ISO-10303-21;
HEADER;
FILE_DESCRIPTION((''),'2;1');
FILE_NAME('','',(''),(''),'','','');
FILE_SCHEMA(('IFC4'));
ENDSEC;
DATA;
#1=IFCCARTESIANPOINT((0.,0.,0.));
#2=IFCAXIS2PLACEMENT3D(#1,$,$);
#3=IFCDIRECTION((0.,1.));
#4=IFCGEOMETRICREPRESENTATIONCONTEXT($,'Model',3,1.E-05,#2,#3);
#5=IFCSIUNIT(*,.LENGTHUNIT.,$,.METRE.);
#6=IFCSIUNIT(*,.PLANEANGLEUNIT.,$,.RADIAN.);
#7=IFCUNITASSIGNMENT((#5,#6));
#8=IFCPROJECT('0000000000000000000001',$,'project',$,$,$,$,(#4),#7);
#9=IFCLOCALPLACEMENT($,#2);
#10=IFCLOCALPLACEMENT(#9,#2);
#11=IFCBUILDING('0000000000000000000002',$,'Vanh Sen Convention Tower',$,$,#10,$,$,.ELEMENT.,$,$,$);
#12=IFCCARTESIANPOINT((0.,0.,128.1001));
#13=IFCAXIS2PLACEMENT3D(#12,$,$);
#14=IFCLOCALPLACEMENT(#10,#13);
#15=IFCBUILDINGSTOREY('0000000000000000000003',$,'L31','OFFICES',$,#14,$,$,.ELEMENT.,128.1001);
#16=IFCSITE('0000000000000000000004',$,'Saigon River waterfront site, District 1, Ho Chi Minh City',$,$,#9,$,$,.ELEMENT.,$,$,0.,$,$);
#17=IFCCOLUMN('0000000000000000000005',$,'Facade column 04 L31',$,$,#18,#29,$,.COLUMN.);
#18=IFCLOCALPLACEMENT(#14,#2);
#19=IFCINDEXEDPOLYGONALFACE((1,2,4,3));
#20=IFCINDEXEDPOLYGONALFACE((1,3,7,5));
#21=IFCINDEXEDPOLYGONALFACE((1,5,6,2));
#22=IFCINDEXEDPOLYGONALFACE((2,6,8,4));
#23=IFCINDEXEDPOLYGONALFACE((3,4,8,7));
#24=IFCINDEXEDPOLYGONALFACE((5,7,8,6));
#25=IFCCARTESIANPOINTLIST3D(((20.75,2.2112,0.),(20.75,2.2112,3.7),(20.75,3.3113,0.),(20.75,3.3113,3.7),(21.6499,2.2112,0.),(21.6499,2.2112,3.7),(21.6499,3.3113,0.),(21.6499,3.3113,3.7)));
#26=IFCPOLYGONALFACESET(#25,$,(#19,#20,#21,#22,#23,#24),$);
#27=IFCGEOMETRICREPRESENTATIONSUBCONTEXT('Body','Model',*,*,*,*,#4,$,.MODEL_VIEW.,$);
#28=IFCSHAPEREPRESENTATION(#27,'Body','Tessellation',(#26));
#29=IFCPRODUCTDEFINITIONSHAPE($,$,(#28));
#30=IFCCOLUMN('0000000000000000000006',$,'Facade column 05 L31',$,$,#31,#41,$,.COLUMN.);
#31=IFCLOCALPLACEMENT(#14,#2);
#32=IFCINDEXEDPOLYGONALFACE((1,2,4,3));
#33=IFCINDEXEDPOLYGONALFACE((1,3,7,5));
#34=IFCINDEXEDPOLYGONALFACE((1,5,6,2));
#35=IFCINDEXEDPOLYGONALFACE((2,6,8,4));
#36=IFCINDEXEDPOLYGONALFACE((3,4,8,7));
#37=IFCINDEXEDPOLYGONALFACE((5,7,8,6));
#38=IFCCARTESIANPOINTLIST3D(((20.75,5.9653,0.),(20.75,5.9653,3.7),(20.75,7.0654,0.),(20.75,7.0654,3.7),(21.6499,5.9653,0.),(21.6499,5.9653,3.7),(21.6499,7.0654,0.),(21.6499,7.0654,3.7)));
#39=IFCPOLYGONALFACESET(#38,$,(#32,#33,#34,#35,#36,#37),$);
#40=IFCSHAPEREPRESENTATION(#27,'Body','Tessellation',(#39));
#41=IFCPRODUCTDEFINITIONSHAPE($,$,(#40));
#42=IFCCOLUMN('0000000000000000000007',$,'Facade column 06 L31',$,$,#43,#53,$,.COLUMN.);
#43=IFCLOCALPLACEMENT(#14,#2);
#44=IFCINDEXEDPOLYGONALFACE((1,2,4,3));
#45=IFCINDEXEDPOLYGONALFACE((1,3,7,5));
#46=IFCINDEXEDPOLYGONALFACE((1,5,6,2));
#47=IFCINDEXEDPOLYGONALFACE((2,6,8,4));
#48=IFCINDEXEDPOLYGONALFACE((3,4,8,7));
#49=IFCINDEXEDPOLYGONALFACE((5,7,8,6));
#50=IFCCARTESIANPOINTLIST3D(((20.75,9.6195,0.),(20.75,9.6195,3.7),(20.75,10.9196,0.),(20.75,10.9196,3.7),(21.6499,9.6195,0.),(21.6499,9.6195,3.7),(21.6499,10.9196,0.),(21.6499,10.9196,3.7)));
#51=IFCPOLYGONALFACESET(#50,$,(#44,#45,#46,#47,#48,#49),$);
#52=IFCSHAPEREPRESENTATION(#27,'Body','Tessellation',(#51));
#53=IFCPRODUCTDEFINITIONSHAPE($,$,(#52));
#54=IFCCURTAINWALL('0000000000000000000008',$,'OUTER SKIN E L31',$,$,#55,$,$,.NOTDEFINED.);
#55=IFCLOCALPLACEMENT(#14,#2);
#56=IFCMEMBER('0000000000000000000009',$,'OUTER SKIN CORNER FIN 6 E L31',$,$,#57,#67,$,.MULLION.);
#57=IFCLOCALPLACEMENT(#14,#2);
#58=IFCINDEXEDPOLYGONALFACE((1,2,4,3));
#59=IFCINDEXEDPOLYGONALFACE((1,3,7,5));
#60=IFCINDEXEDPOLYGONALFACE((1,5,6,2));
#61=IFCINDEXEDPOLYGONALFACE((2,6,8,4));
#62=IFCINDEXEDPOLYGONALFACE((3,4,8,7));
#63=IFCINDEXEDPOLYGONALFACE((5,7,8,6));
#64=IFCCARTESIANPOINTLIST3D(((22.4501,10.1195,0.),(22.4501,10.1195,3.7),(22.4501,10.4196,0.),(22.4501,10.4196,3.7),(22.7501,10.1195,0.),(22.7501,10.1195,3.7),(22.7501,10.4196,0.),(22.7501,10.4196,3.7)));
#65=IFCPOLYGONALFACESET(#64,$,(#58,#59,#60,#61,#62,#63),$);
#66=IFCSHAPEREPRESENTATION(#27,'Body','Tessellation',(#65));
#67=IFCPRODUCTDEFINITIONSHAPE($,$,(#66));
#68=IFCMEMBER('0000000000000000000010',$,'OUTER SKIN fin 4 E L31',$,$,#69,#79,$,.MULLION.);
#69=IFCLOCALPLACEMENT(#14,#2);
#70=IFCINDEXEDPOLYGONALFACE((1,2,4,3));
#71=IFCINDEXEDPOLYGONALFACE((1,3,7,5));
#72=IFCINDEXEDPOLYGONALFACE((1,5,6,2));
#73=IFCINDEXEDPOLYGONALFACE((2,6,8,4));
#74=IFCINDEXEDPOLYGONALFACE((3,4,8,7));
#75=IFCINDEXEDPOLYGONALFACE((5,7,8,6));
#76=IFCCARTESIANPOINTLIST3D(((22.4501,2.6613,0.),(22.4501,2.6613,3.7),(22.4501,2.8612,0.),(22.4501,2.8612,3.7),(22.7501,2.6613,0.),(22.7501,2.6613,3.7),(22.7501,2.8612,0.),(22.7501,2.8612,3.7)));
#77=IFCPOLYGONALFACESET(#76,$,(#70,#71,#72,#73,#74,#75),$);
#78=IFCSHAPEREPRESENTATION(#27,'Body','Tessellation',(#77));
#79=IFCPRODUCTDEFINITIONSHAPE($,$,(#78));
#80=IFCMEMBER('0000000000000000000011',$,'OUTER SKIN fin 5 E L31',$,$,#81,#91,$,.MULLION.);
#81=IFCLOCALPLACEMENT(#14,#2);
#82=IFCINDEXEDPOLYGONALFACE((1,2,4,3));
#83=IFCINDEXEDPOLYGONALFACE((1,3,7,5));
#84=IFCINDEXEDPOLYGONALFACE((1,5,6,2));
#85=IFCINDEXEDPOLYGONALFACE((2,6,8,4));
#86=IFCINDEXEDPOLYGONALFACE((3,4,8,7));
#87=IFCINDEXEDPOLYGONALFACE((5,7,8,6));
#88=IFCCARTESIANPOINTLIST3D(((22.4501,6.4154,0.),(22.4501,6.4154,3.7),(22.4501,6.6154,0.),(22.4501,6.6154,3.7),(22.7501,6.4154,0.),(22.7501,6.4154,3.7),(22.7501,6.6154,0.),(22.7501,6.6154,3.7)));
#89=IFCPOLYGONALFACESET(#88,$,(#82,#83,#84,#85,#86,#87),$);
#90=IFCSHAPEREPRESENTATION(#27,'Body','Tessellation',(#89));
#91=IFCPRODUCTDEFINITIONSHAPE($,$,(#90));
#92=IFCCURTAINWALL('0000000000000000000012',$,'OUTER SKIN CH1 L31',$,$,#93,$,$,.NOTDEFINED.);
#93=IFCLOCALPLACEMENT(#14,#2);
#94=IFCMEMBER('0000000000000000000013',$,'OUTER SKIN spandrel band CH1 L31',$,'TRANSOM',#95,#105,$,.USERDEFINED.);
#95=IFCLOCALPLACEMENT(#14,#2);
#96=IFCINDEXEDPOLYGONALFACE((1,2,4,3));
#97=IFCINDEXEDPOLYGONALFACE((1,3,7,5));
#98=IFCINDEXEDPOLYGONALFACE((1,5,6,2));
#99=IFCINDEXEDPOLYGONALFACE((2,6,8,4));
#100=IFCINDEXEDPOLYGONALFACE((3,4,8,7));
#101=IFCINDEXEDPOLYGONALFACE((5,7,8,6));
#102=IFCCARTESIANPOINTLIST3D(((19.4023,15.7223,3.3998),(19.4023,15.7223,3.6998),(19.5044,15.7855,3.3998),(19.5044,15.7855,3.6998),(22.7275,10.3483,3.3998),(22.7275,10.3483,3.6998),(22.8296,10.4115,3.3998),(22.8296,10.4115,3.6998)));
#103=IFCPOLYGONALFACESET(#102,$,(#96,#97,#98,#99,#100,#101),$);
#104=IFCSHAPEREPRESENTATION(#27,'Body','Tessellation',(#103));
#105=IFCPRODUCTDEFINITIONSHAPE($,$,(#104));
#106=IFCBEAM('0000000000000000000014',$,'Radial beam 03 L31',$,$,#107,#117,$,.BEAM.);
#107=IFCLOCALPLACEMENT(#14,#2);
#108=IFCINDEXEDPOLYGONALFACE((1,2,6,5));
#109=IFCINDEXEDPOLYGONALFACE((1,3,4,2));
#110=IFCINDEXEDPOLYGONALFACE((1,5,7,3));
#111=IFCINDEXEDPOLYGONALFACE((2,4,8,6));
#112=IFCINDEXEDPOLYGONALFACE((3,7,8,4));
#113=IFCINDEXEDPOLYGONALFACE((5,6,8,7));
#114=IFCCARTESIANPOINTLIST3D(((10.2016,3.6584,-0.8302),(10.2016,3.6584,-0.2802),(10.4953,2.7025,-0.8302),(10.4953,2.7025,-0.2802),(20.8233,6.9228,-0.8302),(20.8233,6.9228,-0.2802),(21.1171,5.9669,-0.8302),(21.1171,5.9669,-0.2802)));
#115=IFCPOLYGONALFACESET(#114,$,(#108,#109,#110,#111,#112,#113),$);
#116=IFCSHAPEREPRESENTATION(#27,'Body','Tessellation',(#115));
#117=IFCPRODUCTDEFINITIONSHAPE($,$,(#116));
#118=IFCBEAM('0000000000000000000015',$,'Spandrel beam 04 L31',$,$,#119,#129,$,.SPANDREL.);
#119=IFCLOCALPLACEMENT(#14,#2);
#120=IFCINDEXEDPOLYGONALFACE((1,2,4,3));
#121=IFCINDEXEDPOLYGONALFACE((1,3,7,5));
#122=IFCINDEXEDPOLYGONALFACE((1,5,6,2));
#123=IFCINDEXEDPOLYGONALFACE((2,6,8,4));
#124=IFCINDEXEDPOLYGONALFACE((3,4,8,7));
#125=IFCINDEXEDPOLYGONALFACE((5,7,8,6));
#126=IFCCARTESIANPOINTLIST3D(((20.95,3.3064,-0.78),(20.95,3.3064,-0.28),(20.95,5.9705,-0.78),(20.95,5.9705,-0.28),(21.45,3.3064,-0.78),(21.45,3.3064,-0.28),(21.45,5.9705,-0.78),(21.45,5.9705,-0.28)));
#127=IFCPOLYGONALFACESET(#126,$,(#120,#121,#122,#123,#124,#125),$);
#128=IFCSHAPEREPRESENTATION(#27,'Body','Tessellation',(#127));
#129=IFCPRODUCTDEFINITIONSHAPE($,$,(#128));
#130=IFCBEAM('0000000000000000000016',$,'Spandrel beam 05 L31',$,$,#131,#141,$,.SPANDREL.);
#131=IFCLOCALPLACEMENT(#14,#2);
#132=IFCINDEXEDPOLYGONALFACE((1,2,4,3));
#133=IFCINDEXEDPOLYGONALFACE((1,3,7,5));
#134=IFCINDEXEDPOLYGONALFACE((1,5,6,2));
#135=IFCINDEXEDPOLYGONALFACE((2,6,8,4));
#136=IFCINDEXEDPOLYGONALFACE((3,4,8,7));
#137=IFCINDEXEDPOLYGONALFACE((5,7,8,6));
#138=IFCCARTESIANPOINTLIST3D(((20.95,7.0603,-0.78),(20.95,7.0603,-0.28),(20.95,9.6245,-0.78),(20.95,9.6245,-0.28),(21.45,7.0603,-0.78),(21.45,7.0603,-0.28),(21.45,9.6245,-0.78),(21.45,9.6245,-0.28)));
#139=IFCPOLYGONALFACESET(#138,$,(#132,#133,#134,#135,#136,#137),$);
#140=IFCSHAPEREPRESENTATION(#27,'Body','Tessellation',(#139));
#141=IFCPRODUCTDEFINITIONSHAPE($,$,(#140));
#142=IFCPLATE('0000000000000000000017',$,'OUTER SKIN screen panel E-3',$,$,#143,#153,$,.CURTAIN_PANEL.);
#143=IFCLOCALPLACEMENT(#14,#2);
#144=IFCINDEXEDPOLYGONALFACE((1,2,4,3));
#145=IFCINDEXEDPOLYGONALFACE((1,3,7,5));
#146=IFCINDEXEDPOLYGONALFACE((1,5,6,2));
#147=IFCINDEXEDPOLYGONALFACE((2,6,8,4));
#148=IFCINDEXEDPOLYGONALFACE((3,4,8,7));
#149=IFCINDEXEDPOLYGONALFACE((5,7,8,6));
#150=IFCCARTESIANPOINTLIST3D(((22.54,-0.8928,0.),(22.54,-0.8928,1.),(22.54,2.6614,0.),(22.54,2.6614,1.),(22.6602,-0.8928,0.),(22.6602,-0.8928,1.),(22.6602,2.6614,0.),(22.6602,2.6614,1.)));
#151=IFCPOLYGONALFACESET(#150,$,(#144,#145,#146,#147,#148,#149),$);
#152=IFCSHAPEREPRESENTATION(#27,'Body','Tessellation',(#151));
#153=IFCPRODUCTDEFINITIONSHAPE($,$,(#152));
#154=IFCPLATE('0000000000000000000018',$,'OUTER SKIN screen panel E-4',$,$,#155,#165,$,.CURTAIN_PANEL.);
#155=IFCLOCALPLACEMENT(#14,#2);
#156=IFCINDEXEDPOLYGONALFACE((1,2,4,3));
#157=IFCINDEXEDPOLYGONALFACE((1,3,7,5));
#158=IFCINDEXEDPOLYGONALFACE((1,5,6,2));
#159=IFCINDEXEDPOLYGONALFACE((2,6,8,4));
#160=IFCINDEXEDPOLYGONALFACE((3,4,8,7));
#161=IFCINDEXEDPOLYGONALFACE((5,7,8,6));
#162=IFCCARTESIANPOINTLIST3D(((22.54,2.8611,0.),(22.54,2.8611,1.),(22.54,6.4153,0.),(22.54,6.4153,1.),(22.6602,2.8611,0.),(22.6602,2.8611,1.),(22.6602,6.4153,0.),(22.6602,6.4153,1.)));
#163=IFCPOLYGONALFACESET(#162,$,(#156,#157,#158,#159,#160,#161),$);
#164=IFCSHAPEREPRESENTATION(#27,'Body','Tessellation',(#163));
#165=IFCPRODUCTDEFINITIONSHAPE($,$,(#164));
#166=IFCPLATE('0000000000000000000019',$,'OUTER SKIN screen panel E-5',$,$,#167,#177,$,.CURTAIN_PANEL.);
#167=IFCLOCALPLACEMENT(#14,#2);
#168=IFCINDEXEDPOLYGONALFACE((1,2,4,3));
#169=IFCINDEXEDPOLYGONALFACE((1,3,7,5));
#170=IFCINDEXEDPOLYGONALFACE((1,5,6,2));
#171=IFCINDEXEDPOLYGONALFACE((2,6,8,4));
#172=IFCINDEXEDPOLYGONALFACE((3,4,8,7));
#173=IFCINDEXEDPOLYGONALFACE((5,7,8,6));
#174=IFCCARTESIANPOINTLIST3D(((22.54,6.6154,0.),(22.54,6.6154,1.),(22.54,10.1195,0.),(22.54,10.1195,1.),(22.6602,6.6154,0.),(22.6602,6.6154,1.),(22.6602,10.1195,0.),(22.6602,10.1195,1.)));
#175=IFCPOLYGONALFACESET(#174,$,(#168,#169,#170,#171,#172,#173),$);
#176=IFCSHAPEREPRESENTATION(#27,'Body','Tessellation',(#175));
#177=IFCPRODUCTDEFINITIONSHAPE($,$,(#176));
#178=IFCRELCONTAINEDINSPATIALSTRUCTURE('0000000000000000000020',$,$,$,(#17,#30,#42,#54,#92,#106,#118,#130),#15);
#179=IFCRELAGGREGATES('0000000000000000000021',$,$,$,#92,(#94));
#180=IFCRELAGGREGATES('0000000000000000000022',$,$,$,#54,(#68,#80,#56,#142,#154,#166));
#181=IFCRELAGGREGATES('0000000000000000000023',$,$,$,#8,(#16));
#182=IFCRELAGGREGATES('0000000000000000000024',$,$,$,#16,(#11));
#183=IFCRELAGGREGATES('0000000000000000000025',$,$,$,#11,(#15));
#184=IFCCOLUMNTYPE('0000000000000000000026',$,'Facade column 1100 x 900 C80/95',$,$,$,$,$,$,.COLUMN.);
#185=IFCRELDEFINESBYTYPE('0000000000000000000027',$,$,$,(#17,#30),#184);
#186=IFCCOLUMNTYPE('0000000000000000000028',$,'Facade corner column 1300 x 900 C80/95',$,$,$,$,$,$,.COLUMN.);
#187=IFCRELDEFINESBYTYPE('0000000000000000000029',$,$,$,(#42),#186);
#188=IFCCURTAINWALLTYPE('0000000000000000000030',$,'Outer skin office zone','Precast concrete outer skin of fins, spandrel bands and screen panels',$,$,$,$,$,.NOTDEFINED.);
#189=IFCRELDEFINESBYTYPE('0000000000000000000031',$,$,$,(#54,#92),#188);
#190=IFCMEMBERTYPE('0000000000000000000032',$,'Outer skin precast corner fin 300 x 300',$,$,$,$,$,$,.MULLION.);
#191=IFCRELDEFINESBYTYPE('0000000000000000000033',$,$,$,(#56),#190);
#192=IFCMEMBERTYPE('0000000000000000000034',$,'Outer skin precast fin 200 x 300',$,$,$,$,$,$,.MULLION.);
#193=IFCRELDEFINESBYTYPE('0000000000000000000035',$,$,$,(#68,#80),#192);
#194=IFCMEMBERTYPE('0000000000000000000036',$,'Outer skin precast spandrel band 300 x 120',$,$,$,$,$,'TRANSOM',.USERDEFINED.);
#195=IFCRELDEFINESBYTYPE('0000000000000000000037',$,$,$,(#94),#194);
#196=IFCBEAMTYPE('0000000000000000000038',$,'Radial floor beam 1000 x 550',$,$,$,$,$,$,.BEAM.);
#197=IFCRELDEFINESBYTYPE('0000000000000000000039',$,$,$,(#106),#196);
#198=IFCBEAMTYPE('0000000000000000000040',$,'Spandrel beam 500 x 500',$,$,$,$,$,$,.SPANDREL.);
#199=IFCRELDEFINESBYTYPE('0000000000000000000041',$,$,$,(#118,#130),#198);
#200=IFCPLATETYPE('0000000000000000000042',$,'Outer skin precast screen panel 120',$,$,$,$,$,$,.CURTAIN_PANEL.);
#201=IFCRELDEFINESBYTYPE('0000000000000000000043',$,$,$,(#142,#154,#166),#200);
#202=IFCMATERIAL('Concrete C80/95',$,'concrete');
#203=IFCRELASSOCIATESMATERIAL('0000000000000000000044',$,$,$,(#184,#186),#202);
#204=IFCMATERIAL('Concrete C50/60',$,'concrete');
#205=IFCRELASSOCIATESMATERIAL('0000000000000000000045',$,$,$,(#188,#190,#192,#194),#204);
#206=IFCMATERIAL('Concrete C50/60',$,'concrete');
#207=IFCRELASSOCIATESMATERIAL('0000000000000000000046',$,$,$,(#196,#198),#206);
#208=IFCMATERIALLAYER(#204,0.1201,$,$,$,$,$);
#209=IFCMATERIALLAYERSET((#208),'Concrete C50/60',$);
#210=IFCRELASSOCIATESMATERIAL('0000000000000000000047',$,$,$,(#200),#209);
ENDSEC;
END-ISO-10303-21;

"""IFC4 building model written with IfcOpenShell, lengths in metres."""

from ifc_helpers import new_model, si_unit, direction, frame, origin, origin_2d, place, context, subcontext, project, spatial, rectangle, extrude, material, layer, layer_set, material_profile, profile_set, type_object, element, aggregate, save


model = new_model("IFC4")

# Units and contexts
model_context = context("Model", 3, precision=1e-05, world=origin(), true_north=direction((0.0, 1.0)))
body_context = subcontext(model_context, "Body", "Model", "MODEL_VIEW")
ifc_project = project(units=[si_unit("LENGTHUNIT", "METRE"), si_unit("PLANEANGLEUNIT", "RADIAN")], contexts=[model_context])

# Site, building, storey
site_placement = place(None, origin())
site = spatial("IfcSite", under=ifc_project, at=site_placement, Name="Saigon River waterfront site, District 1, Ho Chi Minh City", CompositionType="ELEMENT", RefElevation=0.0)
building_placement = place(site_placement, origin())
building = spatial("IfcBuilding", under=site, at=building_placement, Name="Vanh Sen Convention Tower", CompositionType="ELEMENT")
storey_placement = place(building_placement, frame((0.0, 0.0, 128.1001)))
storey = spatial("IfcBuildingStorey", under=building, at=storey_placement, Name="L31", Description="OFFICES", CompositionType="ELEMENT", Elevation=128.1001)

# Columns
ifc_material_1 = material(Name="Concrete C80/95", Category="concrete")
ifc_material_profile_1 = material_profile(ifc_material_1, rectangle(XDim=1.1001, YDim=0.8999, at=origin_2d()), Name="RC 1100X900")
ifc_profile_set_1 = profile_set([ifc_material_profile_1], Name="Concrete C80/95")
column_type_1 = type_object("IfcColumnType", Name="Facade column 1100 x 900 C80/95", PredefinedType="COLUMN", material=ifc_profile_set_1)
for number, where, z_axis, x_axis, name in (
    (1, (21.2, 2.7612, 0.0), (0.0, 0.0, 1.0), (0.0, 1.0, 0.0), "Facade column 04 L31"),
    (2, (21.2, 6.5154, 0.0), (0.0, 0.0, 1.0), (0.0, 1.0, 0.0), "Facade column 05 L31"),
):
    element("IfcColumn", number, at=place(storey_placement, frame(where, z_axis=z_axis, x_axis=x_axis)), inside=storey, type_object=column_type_1, Name=name, PredefinedType="COLUMN", context=body_context, shape_type="SweptSolid", body=[
        extrude(rectangle(XDim=1.1001, YDim=0.8999, at=origin_2d()), origin(), (0.0, 0.0, 1.0), 3.7),
    ])
ifc_material_profile_2 = material_profile(ifc_material_1, rectangle(XDim=1.3, YDim=0.8999, at=origin_2d()), Name="RC 1300X900")
ifc_profile_set_2 = profile_set([ifc_material_profile_2], Name="Concrete C80/95")
column_type_2 = type_object("IfcColumnType", Name="Facade corner column 1300 x 900 C80/95", PredefinedType="COLUMN", material=ifc_profile_set_2)
column_placement = place(storey_placement, frame((21.2, 10.2695, 0.0), z_axis=(0.0, 0.0, 1.0), x_axis=(0.0, 1.0, 0.0)))
element("IfcColumn", 3, at=column_placement, inside=storey, type_object=column_type_2, Name="Facade column 06 L31", PredefinedType="COLUMN", context=body_context, shape_type="SweptSolid", body=[
    extrude(rectangle(XDim=1.3, YDim=0.8999, at=origin_2d()), origin(), (0.0, 0.0, 1.0), 3.7),
])

# Curtain wall, members
ifc_material_2 = material(Name="Concrete C50/60", Category="concrete")
curtain_wall_type = type_object("IfcCurtainWallType", Name="Outer skin office zone", Description="Precast concrete outer skin of fins, spandrel bands and screen panels", PredefinedType="NOTDEFINED", material=ifc_material_2)
curtain_wall_1_placement = place(storey_placement, origin())
curtain_wall_1 = element("IfcCurtainWall", 4, at=curtain_wall_1_placement, inside=storey, type_object=curtain_wall_type, Name="OUTER SKIN E L31", PredefinedType="NOTDEFINED")
ifc_material_profile_3 = material_profile(ifc_material_2, rectangle(XDim=0.3, YDim=0.3, at=origin_2d()), Name="Outer skin precast corner fin 300 x 300")
ifc_profile_set_3 = profile_set([ifc_material_profile_3], Name="Concrete C50/60")
member_type_1 = type_object("IfcMemberType", Name="Outer skin precast corner fin 300 x 300", PredefinedType="MULLION", material=ifc_profile_set_3)
member_1_placement = place(storey_placement, frame((22.6001, 10.2695, 0.0), z_axis=(0.0, 0.0, 1.0), x_axis=(0.0, 1.0, 0.0)))
member_1 = element("IfcMember", 5, at=member_1_placement, type_object=member_type_1, Name="OUTER SKIN CORNER FIN 6 E L31", PredefinedType="MULLION", context=body_context, shape_type="SweptSolid", body=[
    extrude(rectangle(XDim=0.3, YDim=0.3, at=origin_2d()), origin(), (0.0, 0.0, 1.0), 3.7),
])
ifc_material_profile_4 = material_profile(ifc_material_2, rectangle(XDim=0.2, YDim=0.3, at=origin_2d()), Name="Outer skin precast fin 200 x 300")
ifc_profile_set_4 = profile_set([ifc_material_profile_4], Name="Concrete C50/60")
member_type_2 = type_object("IfcMemberType", Name="Outer skin precast fin 200 x 300", PredefinedType="MULLION", material=ifc_profile_set_4)
member_2_placement = place(storey_placement, frame((22.6001, 2.7612, 0.0), z_axis=(0.0, 0.0, 1.0), x_axis=(0.0, 1.0, 0.0)))
member_2 = element("IfcMember", 6, at=member_2_placement, type_object=member_type_2, Name="OUTER SKIN fin 4 E L31", PredefinedType="MULLION", context=body_context, shape_type="SweptSolid", body=[
    extrude(rectangle(XDim=0.2, YDim=0.3, at=origin_2d()), origin(), (0.0, 0.0, 1.0), 3.7),
])
member_3_placement = place(storey_placement, frame((22.6001, 6.5154, 0.0), z_axis=(0.0, 0.0, 1.0), x_axis=(0.0, 1.0, 0.0)))
member_3 = element("IfcMember", 7, at=member_3_placement, type_object=member_type_2, Name="OUTER SKIN fin 5 E L31", PredefinedType="MULLION", context=body_context, shape_type="SweptSolid", body=[
    extrude(rectangle(XDim=0.2, YDim=0.3, at=origin_2d()), origin(), (0.0, 0.0, 1.0), 3.7),
])

# Curtain wall, member
curtain_wall_2_placement = place(storey_placement, origin())
curtain_wall_2 = element("IfcCurtainWall", 8, at=curtain_wall_2_placement, inside=storey, type_object=curtain_wall_type, Name="OUTER SKIN CH1 L31", PredefinedType="NOTDEFINED")
ifc_material_profile_5 = material_profile(ifc_material_2, rectangle(XDim=0.1201, YDim=0.3, at=origin_2d()), Name="Outer skin precast spandrel band 300 x 120")
ifc_profile_set_5 = profile_set([ifc_material_profile_5], Name="Concrete C50/60")
member_type_3 = type_object("IfcMemberType", Name="Outer skin precast spandrel band 300 x 120", ElementType="TRANSOM", PredefinedType="USERDEFINED", material=ifc_profile_set_5)
member_4_placement = place(storey_placement, frame((22.7786, 10.3799, 3.5498), z_axis=(-0.526174, 0.850377, 0.0), x_axis=(-0.850377, -0.526174, 0.0)))
member_4 = element("IfcMember", 9, at=member_4_placement, type_object=member_type_3, Name="OUTER SKIN spandrel band CH1 L31", ObjectType="TRANSOM", PredefinedType="USERDEFINED", context=body_context, shape_type="SweptSolid", body=[
    extrude(rectangle(XDim=0.1201, YDim=0.3, at=origin_2d()), origin(), (0.0, 0.0, 1.0), 6.3196),
])
aggregate(curtain_wall_2, [member_4])

# Beams
ifc_material_3 = material(Name="Concrete C50/60", Category="concrete")
ifc_material_profile_6 = material_profile(ifc_material_3, rectangle(XDim=1.0, YDim=0.55, at=origin_2d()), Name="RC 1000X550")
ifc_profile_set_6 = profile_set([ifc_material_profile_6], Name="Concrete C50/60")
beam_type_1 = type_object("IfcBeamType", Name="Radial floor beam 1000 x 550", PredefinedType="BEAM", material=ifc_profile_set_6)
beam_1_placement = place(storey_placement, frame((20.9702, 6.4448, -0.5552), z_axis=(-0.955876, -0.293769, 0.0), x_axis=(0.293769, -0.955876, 0.0)))
element("IfcBeam", 10, at=beam_1_placement, inside=storey, type_object=beam_type_1, Name="Radial beam 03 L31", PredefinedType="BEAM", context=body_context, shape_type="SweptSolid", body=[
    extrude(rectangle(XDim=1.0, YDim=0.55, at=origin_2d()), origin(), (0.0, 0.0, 1.0), 11.1121),
])
ifc_material_profile_7 = material_profile(ifc_material_3, rectangle(XDim=0.5, YDim=0.5, at=origin_2d()), Name="RC 500X500")
ifc_profile_set_7 = profile_set([ifc_material_profile_7], Name="Concrete C50/60")
beam_type_2 = type_object("IfcBeamType", Name="Spandrel beam 500 x 500", PredefinedType="SPANDREL", material=ifc_profile_set_7)
beam_2_placement = place(storey_placement, frame((21.2, 3.3064, -0.53), z_axis=(0.0, 1.0, 0.0), x_axis=(-1.0, 0.0, 0.0)))
element("IfcBeam", 11, at=beam_2_placement, inside=storey, type_object=beam_type_2, Name="Spandrel beam 04 L31", PredefinedType="SPANDREL", context=body_context, shape_type="SweptSolid", body=[
    extrude(rectangle(XDim=0.5, YDim=0.5, at=origin_2d()), origin(), (0.0, 0.0, 1.0), 2.6641),
])
beam_3_placement = place(storey_placement, frame((21.2, 7.0603, -0.53), z_axis=(0.0, 1.0, 0.0), x_axis=(-1.0, 0.0, 0.0)))
element("IfcBeam", 12, at=beam_3_placement, inside=storey, type_object=beam_type_2, Name="Spandrel beam 05 L31", PredefinedType="SPANDREL", context=body_context, shape_type="SweptSolid", body=[
    extrude(rectangle(XDim=0.5, YDim=0.5, at=origin_2d()), origin(), (0.0, 0.0, 1.0), 2.5642),
])

# Plates
ifc_layer_1 = layer(ifc_material_2, 0.1201)
ifc_layer_set_1 = layer_set([ifc_layer_1], Name="Concrete C50/60")
plate_type = type_object("IfcPlateType", Name="Outer skin precast screen panel 120", PredefinedType="CURTAIN_PANEL", material=ifc_layer_set_1)
plate_1_placement = place(storey_placement, frame((22.6001, 0.8843, 0.0), z_axis=(0.0, 0.0, 1.0), x_axis=(0.0, 1.0, 0.0)))
plate_1 = element("IfcPlate", 13, at=plate_1_placement, type_object=plate_type, Name="OUTER SKIN screen panel E-3", PredefinedType="CURTAIN_PANEL", context=body_context, shape_type="SweptSolid", body=[
    extrude(rectangle(XDim=3.5542, YDim=0.1201, at=origin_2d()), origin(), (0.0, 0.0, 1.0), 1.0),
])
plate_2_placement = place(storey_placement, frame((22.6001, 4.6382, 0.0), z_axis=(0.0, 0.0, 1.0), x_axis=(0.0, 1.0, 0.0)))
plate_2 = element("IfcPlate", 14, at=plate_2_placement, type_object=plate_type, Name="OUTER SKIN screen panel E-4", PredefinedType="CURTAIN_PANEL", context=body_context, shape_type="SweptSolid", body=[
    extrude(rectangle(XDim=3.5542, YDim=0.1201, at=origin_2d()), origin(), (0.0, 0.0, 1.0), 1.0),
])
plate_3_placement = place(storey_placement, frame((22.6001, 8.3674, 0.0), z_axis=(0.0, 0.0, 1.0), x_axis=(0.0, 1.0, 0.0)))
plate_3 = element("IfcPlate", 15, at=plate_3_placement, type_object=plate_type, Name="OUTER SKIN screen panel E-5", PredefinedType="CURTAIN_PANEL", context=body_context, shape_type="SweptSolid", body=[
    extrude(rectangle(XDim=3.5042, YDim=0.1201, at=origin_2d()), origin(), (0.0, 0.0, 1.0), 1.0),
])
aggregate(curtain_wall_1, [member_2, member_3, member_1, plate_1, plate_2, plate_3])

save(model, "model.ifc")
